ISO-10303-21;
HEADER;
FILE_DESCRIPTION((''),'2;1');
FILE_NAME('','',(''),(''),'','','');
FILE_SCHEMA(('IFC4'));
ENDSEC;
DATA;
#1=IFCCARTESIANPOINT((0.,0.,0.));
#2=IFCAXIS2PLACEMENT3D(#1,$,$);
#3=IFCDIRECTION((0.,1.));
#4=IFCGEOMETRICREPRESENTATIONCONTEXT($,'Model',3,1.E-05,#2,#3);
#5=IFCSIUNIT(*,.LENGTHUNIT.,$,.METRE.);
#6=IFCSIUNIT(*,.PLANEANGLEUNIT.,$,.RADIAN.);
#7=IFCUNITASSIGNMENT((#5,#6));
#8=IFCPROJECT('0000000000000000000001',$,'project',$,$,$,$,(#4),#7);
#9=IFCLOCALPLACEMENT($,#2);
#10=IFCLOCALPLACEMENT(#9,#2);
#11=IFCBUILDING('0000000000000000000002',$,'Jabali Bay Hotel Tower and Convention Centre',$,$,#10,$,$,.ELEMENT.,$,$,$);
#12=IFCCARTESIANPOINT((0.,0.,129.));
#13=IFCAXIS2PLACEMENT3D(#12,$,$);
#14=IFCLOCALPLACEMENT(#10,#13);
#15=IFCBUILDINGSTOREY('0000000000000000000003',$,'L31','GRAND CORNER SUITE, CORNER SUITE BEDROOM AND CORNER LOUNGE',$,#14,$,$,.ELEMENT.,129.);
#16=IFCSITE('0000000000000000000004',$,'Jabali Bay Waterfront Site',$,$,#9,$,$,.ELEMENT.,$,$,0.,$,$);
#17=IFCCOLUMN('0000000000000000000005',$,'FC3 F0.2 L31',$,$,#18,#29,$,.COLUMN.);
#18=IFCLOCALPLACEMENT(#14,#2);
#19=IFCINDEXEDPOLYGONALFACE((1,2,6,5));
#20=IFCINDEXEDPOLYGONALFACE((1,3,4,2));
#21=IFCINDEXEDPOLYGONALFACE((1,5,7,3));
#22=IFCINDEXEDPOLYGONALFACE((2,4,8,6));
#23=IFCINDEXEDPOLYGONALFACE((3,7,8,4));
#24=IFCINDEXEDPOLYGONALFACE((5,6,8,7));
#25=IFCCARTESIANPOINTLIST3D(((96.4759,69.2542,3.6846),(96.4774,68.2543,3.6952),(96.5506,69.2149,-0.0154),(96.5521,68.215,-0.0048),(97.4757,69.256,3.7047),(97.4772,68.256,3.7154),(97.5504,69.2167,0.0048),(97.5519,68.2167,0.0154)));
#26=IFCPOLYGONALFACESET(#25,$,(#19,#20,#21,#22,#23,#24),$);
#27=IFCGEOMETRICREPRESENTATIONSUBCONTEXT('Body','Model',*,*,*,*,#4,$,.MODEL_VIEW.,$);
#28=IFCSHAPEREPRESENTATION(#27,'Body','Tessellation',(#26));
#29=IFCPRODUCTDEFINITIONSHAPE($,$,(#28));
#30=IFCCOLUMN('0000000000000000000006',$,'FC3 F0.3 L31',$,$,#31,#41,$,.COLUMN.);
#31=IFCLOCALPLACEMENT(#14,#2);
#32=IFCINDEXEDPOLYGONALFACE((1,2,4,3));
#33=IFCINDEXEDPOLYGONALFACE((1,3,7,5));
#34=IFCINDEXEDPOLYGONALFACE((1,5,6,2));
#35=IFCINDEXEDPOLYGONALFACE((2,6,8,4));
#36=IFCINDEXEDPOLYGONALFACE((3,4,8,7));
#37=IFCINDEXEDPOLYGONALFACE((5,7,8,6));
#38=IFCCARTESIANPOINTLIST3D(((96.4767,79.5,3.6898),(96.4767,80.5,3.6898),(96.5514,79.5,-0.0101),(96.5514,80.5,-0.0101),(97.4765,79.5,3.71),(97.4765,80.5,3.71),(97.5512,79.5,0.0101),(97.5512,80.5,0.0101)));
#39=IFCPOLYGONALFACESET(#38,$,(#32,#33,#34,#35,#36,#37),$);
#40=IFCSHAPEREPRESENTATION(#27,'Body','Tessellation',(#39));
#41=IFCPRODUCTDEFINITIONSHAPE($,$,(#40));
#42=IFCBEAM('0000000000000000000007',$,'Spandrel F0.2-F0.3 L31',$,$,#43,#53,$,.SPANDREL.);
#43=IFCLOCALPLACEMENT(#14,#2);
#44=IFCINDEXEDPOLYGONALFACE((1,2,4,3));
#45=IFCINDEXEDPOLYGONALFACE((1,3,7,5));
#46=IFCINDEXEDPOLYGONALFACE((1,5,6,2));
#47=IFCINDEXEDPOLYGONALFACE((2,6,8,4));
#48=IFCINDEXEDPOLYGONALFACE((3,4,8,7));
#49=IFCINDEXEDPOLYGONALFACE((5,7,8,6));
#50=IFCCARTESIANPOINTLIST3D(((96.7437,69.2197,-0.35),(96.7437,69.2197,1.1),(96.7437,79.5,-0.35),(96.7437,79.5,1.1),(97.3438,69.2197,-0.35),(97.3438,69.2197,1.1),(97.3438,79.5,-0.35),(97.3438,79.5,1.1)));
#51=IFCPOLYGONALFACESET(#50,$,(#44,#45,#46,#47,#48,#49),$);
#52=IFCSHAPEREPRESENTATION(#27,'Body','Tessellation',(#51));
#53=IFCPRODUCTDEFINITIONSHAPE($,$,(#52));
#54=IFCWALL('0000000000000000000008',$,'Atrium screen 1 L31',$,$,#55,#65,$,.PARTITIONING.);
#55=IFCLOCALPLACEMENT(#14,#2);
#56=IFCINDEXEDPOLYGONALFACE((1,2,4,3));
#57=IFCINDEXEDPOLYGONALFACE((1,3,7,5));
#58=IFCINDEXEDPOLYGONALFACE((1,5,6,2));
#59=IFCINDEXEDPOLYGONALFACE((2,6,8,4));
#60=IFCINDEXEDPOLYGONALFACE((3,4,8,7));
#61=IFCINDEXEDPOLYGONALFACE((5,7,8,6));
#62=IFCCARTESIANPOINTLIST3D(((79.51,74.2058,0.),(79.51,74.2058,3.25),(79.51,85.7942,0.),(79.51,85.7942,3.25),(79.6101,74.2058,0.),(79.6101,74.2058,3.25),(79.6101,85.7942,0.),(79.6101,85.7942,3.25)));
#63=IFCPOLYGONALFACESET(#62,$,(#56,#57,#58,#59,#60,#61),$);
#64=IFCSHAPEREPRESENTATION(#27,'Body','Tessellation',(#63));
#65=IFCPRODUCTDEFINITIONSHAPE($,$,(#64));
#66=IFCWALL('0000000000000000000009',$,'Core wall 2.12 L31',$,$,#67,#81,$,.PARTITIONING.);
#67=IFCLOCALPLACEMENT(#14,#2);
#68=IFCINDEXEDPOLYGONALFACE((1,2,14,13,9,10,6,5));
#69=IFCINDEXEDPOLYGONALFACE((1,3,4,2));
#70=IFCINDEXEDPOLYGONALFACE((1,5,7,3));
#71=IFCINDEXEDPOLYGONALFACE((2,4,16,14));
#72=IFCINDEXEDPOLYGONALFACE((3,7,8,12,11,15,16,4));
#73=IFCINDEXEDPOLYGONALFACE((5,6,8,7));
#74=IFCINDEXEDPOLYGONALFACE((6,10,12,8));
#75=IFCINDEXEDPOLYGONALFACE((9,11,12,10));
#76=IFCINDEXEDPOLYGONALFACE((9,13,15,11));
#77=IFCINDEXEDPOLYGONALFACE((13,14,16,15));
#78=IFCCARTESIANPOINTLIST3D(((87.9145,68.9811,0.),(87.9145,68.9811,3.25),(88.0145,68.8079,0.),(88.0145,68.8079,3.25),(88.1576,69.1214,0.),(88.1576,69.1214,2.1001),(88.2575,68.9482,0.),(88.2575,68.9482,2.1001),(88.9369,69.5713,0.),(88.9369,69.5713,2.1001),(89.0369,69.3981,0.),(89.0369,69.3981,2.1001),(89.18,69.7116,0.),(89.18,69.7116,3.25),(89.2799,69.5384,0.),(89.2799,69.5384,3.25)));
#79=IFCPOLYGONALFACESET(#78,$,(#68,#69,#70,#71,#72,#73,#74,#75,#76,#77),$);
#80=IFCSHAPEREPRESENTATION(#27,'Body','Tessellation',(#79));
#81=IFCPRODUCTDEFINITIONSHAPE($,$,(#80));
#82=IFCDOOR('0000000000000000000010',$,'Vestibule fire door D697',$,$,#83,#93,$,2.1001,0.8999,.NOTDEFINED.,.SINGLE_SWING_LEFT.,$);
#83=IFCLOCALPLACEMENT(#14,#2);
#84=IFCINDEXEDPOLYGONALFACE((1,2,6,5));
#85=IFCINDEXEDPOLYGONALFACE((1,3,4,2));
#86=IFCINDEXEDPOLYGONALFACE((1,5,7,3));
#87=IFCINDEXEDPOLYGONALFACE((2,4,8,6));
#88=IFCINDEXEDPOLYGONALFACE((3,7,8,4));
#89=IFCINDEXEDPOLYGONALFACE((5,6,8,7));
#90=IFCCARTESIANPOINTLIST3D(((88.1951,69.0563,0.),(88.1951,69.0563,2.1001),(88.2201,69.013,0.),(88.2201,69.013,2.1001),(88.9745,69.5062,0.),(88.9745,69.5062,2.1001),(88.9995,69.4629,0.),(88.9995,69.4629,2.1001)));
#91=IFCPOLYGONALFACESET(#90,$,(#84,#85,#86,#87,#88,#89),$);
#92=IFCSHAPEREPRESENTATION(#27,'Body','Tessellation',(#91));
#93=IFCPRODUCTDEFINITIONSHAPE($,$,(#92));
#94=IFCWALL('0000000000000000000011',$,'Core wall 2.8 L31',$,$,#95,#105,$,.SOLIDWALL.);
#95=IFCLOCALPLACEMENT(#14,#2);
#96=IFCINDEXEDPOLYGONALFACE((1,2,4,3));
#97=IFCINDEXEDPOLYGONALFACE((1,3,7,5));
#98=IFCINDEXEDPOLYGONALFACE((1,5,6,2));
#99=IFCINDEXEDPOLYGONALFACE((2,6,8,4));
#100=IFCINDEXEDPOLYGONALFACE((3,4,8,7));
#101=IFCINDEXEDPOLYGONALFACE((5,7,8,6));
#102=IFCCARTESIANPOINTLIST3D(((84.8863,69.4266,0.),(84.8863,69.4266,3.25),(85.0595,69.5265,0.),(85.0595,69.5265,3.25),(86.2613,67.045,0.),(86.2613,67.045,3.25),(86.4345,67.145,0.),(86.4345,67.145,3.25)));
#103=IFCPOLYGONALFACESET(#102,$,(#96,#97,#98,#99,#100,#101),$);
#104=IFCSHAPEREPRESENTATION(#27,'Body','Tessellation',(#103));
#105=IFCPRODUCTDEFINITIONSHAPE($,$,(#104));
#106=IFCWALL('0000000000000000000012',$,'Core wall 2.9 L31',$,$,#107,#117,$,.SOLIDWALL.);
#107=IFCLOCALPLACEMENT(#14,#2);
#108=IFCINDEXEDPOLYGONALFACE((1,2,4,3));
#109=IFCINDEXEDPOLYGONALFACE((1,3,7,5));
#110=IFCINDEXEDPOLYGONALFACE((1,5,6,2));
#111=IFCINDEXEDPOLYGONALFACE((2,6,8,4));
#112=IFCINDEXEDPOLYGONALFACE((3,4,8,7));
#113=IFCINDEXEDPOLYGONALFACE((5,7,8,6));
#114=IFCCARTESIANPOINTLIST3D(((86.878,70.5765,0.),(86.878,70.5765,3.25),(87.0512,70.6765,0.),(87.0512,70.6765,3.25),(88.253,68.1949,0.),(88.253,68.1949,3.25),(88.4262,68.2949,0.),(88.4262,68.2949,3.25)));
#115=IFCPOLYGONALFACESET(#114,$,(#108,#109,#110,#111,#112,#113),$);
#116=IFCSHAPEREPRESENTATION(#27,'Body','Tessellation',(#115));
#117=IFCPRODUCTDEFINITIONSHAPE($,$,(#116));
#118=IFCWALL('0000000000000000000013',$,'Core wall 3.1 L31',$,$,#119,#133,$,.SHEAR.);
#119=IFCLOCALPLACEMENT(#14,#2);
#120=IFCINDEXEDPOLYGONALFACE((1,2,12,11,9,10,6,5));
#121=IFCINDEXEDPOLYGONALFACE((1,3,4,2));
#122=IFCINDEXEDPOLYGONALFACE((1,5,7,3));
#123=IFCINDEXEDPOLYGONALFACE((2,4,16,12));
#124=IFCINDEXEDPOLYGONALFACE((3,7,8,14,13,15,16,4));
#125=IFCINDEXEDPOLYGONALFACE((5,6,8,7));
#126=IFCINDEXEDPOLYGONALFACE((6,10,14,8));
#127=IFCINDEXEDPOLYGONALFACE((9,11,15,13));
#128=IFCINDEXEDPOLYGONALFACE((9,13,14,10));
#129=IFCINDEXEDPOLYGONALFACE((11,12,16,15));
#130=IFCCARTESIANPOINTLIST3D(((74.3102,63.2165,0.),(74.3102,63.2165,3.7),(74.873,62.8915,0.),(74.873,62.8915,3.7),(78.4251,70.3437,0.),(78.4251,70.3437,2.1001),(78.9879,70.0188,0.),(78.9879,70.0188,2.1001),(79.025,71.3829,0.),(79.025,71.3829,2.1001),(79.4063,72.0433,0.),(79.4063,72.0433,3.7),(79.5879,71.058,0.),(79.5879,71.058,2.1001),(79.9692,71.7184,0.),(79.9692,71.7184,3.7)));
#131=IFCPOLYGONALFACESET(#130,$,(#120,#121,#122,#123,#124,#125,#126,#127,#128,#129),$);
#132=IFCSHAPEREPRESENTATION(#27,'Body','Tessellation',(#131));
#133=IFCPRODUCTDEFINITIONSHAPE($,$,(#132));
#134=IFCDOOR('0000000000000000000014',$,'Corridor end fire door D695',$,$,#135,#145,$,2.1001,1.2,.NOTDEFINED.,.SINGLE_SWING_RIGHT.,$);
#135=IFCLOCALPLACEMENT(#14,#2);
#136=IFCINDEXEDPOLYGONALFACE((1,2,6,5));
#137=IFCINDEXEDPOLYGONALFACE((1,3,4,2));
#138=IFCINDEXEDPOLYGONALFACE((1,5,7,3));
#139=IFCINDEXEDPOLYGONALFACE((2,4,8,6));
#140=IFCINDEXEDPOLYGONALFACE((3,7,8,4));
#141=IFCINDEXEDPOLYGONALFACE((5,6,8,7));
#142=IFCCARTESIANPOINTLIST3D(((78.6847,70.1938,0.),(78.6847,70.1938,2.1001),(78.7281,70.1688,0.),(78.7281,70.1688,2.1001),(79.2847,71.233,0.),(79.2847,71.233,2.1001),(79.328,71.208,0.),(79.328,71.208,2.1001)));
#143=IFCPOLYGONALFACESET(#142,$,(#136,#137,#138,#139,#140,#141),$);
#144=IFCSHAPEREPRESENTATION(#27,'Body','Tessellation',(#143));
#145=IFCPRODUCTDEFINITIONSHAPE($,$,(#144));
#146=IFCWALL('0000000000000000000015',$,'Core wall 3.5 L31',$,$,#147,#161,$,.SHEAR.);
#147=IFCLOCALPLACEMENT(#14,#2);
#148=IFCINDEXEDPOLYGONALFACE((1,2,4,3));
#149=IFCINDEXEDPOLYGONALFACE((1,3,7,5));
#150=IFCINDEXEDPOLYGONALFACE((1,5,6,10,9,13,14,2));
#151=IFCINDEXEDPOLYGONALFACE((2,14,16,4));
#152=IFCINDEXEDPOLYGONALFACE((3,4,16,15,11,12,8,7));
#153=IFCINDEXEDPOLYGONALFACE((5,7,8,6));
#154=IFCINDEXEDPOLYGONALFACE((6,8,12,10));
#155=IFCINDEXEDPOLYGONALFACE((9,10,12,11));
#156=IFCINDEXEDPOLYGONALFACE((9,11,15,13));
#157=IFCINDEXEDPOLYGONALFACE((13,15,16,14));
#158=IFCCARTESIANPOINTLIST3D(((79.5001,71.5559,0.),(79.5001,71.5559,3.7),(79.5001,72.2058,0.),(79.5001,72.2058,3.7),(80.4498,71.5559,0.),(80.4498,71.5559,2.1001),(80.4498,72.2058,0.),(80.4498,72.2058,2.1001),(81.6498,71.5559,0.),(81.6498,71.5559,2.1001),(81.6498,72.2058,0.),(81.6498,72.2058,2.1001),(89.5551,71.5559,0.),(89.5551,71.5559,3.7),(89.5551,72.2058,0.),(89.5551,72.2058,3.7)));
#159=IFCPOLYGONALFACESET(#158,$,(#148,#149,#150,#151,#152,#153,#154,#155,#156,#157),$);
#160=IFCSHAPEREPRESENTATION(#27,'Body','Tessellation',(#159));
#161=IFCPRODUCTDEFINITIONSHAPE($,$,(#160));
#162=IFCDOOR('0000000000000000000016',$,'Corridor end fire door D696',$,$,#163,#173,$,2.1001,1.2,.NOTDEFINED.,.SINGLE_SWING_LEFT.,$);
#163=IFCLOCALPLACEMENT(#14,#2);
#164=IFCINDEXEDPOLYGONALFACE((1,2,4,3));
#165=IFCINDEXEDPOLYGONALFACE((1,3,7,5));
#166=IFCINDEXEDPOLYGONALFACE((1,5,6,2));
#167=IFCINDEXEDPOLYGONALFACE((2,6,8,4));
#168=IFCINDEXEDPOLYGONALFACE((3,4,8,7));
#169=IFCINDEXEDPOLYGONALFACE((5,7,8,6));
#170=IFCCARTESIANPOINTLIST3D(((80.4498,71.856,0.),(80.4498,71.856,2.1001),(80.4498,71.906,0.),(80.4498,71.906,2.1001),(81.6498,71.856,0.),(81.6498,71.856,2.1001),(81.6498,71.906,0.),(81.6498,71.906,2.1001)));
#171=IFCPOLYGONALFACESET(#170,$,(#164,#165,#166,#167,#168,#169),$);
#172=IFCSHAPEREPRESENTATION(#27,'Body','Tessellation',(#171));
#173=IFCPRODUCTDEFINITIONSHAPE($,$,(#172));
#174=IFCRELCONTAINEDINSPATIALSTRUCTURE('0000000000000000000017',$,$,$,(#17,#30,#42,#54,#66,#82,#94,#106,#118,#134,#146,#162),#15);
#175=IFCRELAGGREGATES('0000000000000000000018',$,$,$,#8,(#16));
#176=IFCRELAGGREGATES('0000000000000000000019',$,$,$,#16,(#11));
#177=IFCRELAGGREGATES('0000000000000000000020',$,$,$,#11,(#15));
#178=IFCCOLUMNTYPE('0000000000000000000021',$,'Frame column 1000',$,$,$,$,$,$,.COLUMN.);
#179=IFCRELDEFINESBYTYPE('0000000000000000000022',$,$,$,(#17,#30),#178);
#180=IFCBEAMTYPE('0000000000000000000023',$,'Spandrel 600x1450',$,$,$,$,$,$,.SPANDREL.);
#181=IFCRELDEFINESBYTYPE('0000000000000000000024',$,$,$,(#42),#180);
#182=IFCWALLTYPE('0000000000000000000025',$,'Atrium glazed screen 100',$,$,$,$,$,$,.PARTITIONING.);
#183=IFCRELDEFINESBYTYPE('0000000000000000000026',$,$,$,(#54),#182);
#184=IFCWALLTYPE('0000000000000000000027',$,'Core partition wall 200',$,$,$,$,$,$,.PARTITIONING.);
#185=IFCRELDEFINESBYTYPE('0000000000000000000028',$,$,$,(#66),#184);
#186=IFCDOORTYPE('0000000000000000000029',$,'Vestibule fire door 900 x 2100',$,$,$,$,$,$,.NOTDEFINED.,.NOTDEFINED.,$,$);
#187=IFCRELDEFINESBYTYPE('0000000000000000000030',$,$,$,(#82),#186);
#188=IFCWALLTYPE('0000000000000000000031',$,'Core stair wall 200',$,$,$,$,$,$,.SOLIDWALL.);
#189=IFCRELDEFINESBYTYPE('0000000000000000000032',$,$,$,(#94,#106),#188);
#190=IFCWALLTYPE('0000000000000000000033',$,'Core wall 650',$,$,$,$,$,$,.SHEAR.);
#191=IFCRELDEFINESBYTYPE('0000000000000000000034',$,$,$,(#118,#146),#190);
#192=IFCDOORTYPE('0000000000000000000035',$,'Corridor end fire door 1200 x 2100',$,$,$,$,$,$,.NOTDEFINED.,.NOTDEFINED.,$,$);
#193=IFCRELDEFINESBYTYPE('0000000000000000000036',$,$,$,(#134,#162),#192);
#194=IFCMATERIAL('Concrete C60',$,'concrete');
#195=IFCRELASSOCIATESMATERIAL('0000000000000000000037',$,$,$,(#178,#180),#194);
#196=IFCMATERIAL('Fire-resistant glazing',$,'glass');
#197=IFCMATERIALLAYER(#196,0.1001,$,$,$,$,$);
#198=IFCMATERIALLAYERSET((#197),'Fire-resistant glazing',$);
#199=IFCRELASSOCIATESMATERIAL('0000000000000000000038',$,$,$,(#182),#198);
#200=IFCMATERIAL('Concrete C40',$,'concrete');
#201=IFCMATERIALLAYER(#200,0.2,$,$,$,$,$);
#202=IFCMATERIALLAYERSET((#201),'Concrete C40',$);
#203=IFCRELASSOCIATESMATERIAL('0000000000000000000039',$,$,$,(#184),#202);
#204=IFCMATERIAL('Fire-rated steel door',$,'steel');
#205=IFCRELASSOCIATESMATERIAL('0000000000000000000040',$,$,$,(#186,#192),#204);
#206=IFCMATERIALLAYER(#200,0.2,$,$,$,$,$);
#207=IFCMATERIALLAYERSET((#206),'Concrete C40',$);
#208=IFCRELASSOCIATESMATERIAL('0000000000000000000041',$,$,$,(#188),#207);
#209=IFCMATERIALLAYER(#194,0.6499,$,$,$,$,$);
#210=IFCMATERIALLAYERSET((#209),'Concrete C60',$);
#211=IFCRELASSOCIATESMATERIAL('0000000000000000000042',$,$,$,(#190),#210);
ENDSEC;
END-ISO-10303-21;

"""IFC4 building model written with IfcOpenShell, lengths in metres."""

from ifc_helpers import new_model, si_unit, direction, frame, frame_2d, origin, origin_2d, place, context, subcontext, project, spatial, rectangle, extrude, material, layer, layer_set, material_profile, profile_set, type_object, element, fill, save


model = new_model("IFC4")

# Units and contexts
model_context = context("Model", 3, precision=1e-05, world=origin(), true_north=direction((0.0, 1.0)))
body_context = subcontext(model_context, "Body", "Model", "MODEL_VIEW")
ifc_project = project(units=[si_unit("LENGTHUNIT", "METRE"), si_unit("PLANEANGLEUNIT", "RADIAN")], contexts=[model_context])

# Site, building, storey
site_placement = place(None, origin())
site = spatial("IfcSite", under=ifc_project, at=site_placement, Name="Jabali Bay Waterfront Site", CompositionType="ELEMENT", RefElevation=0.0)
building_placement = place(site_placement, origin())
building = spatial("IfcBuilding", under=site, at=building_placement, Name="Jabali Bay Hotel Tower and Convention Centre", CompositionType="ELEMENT")
storey_placement = place(building_placement, frame((0.0, 0.0, 129.0)))
storey = spatial("IfcBuildingStorey", under=building, at=storey_placement, Name="L31", Description="GRAND CORNER SUITE, CORNER SUITE BEDROOM AND CORNER LOUNGE", CompositionType="ELEMENT", Elevation=129.0)

# Columns
ifc_material_1 = material(Name="Concrete C60", Category="concrete")
ifc_material_profile_1 = material_profile(ifc_material_1, rectangle(XDim=1.0, YDim=1.0, at=origin_2d()), Name="Frame column 1000")
ifc_profile_set_1 = profile_set([ifc_material_profile_1], Name="Concrete C60")
column_type = type_object("IfcColumnType", Name="Frame column 1000", PredefinedType="COLUMN", material=ifc_profile_set_1)
column_1_placement = place(storey_placement, frame((97.0513, 68.7158, 0.0), z_axis=(-0.020186, 0.010621, 0.99974), x_axis=(0.001543, -0.999942, 0.010654)))
element("IfcColumn", 1, at=column_1_placement, inside=storey, type_object=column_type, Name="FC3 F0.2 L31", PredefinedType="COLUMN", context=body_context, shape_type="SweptSolid", body=[
    extrude(rectangle(XDim=1.0, YDim=1.0, at=origin_2d()), origin(), (0.0, 0.0, 1.0), 3.7009),
])
column_2_placement = place(storey_placement, frame((97.0513, 80.0, 0.0), z_axis=(-0.020187, 0.0, 0.999796), x_axis=(0.0, -1.0, 0.0)))
element("IfcColumn", 2, at=column_2_placement, inside=storey, type_object=column_type, Name="FC3 F0.3 L31", PredefinedType="COLUMN", context=body_context, shape_type="SweptSolid", body=[
    extrude(rectangle(XDim=1.0, YDim=1.0, at=origin_2d()), origin(), (0.0, 0.0, 1.0), 3.7007),
])

# Beam
ifc_material_profile_2 = material_profile(ifc_material_1, rectangle(XDim=0.6001, YDim=1.45, at=origin_2d()), Name="Spandrel 600x1450")
ifc_profile_set_2 = profile_set([ifc_material_profile_2], Name="Concrete C60")
beam_type = type_object("IfcBeamType", Name="Spandrel 600x1450", PredefinedType="SPANDREL", material=ifc_profile_set_2)
beam_placement = place(storey_placement, frame((97.0437, 69.2197, 0.375), z_axis=(0.0, 1.0, 0.0), x_axis=(-1.0, 0.0, 0.0)))
element("IfcBeam", 3, at=beam_placement, inside=storey, type_object=beam_type, Name="Spandrel F0.2-F0.3 L31", PredefinedType="SPANDREL", context=body_context, shape_type="SweptSolid", body=[
    extrude(rectangle(XDim=0.6001, YDim=1.45, at=origin_2d()), origin(), (0.0, 0.0, 1.0), 10.2803),
])

# Wall
ifc_material_2 = material(Name="Fire-resistant glazing", Category="glass")
ifc_layer_1 = layer(ifc_material_2, 0.1001)
ifc_layer_set_1 = layer_set([ifc_layer_1], Name="Fire-resistant glazing")
wall_type_1 = type_object("IfcWallType", Name="Atrium glazed screen 100", PredefinedType="PARTITIONING", material=ifc_layer_set_1)
wall_1_placement = place(storey_placement, frame((79.5601, 74.2058, 0.0), z_axis=(0.0, 0.0, 1.0), x_axis=(0.0, 1.0, 0.0)))
element("IfcWall", 4, at=wall_1_placement, inside=storey, type_object=wall_type_1, Name="Atrium screen 1 L31", PredefinedType="PARTITIONING", context=body_context, shape_type="SweptSolid", body=[
    extrude(rectangle(XDim=11.5884, YDim=0.1001, at=frame_2d((5.7942, 0.0))), origin(), (0.0, 0.0, 1.0), 3.25),
])

# Wall, opening, door
ifc_material_3 = material(Name="Concrete C40", Category="concrete")
ifc_layer_2 = layer(ifc_material_3, 0.2)
ifc_layer_set_2 = layer_set([ifc_layer_2], Name="Concrete C40")
wall_type_2 = type_object("IfcWallType", Name="Core partition wall 200", PredefinedType="PARTITIONING", material=ifc_layer_set_2)
wall_2_placement = place(storey_placement, frame((87.9646, 68.8945, 0.0), z_axis=(0.0, 0.0, 1.0), x_axis=(0.866055, 0.499949, 0.0)))
wall_2 = element("IfcWall", 5, at=wall_2_placement, inside=storey, type_object=wall_type_2, Name="Core wall 2.12 L31", PredefinedType="PARTITIONING", context=body_context, shape_type="SweptSolid", body=[
    extrude(rectangle(XDim=1.4612, YDim=0.2, at=frame_2d((0.7305, 0.0))), origin(), (0.0, 0.0, 1.0), 3.25),
])
opening_1_placement = place(wall_2_placement, frame((0.2805, 0.0, 0.0)))
opening_1 = element("IfcOpeningElement", 6, at=opening_1_placement, cuts=wall_2, PredefinedType="OPENING", context=body_context, shape_type="SweptSolid", body=[
    extrude(rectangle(XDim=0.8999, YDim=2.1001, at=frame_2d((0.45, 1.05))), frame((0.0, 0.1104, 0.0), z_axis=(0.0, -1.0, 0.0), x_axis=(1.0, 0.0, 0.0)), (0.0, 0.0, 1.0), 0.2209),
])
ifc_material_4 = material(Name="Fire-rated steel door", Category="steel")
door_type_1 = type_object("IfcDoorType", Name="Vestibule fire door 900 x 2100", OperationType="NOTDEFINED", PredefinedType="NOTDEFINED", material=ifc_material_4)
door_1_placement = place(opening_1_placement, origin())
door_1 = element("IfcDoor", 7, at=door_1_placement, inside=storey, type_object=door_type_1, Name="Vestibule fire door D697", OperationType="SINGLE_SWING_LEFT", OverallHeight=2.1001, OverallWidth=0.8999, PredefinedType="NOTDEFINED", context=body_context, shape_type="SweptSolid", body=[
    extrude(rectangle(XDim=0.8999, YDim=2.1001, at=frame_2d((0.45, 1.05))), frame((0.0, 0.0249, 0.0), z_axis=(0.0, -1.0, 0.0), x_axis=(1.0, 0.0, 0.0)), (0.0, 0.0, 1.0), 0.05),
])
fill(opening_1, door_1)

# Walls
ifc_layer_3 = layer(ifc_material_3, 0.2)
ifc_layer_set_3 = layer_set([ifc_layer_3], Name="Concrete C40")
wall_type_3 = type_object("IfcWallType", Name="Core stair wall 200", PredefinedType="SOLIDWALL", material=ifc_layer_set_3)
for number, where, z_axis, x_axis, name in (
    (8, (84.9729, 69.4766, 0.0), (0.0, 0.0, 1.0), (0.499997, -0.866027, 0.0), "Core wall 2.8 L31"),
    (9, (86.9646, 70.6265, 0.0), (0.0, 0.0, 1.0), (0.499997, -0.866027, 0.0), "Core wall 2.9 L31"),
):
    element("IfcWall", number, at=place(storey_placement, frame(where, z_axis=z_axis, x_axis=x_axis)), inside=storey, type_object=wall_type_3, Name=name, PredefinedType="SOLIDWALL", context=body_context, shape_type="SweptSolid", body=[
        extrude(rectangle(XDim=2.75, YDim=0.2, at=frame_2d((1.375, 0.0))), origin(), (0.0, 0.0, 1.0), 3.25),
    ])

# Walls, openings, doors
ifc_layer_4 = layer(ifc_material_1, 0.6499)
ifc_layer_set_4 = layer_set([ifc_layer_4], Name="Concrete C60")
wall_type_4 = type_object("IfcWallType", Name="Core wall 650", PredefinedType="SHEAR", material=ifc_layer_set_4)
wall_3_placement = place(storey_placement, frame((79.6877, 71.8809, 0.0), z_axis=(0.0, 0.0, 1.0), x_axis=(-0.499998, -0.866026, 0.0)))
wall_3 = element("IfcWall", 10, at=wall_3_placement, inside=storey, type_object=wall_type_4, Name="Core wall 3.1 L31", PredefinedType="SHEAR", context=body_context, shape_type="SweptSolid", body=[
    extrude(rectangle(XDim=10.1924, YDim=0.6499, at=frame_2d((5.0962, 0.0))), origin(), (0.0, 0.0, 1.0), 3.7),
])
opening_2_placement = place(wall_3_placement, frame((0.7625, 0.0, 0.0)))
opening_2 = element("IfcOpeningElement", 11, at=opening_2_placement, cuts=wall_3, PredefinedType="OPENING", context=body_context, shape_type="SweptSolid", body=[
    extrude(rectangle(XDim=1.2, YDim=2.1001, at=frame_2d((0.6001, 1.05))), frame((0.0, 0.3354, 0.0), z_axis=(0.0, -1.0, 0.0), x_axis=(1.0, 0.0, 0.0)), (0.0, 0.0, 1.0), 0.6709),
])
door_type_2 = type_object("IfcDoorType", Name="Corridor end fire door 1200 x 2100", OperationType="NOTDEFINED", PredefinedType="NOTDEFINED", material=ifc_material_4)
door_2_placement = place(opening_2_placement, origin())
door_2 = element("IfcDoor", 12, at=door_2_placement, inside=storey, type_object=door_type_2, Name="Corridor end fire door D695", OperationType="SINGLE_SWING_RIGHT", OverallHeight=2.1001, OverallWidth=1.2, PredefinedType="NOTDEFINED", context=body_context, shape_type="SweptSolid", body=[
    extrude(rectangle(XDim=1.2, YDim=2.1001, at=frame_2d((0.6001, 1.05))), frame((0.0, 0.0249, 0.0), z_axis=(0.0, -1.0, 0.0), x_axis=(1.0, 0.0, 0.0)), (0.0, 0.0, 1.0), 0.05),
])
fill(opening_2, door_2)
wall_4_placement = place(storey_placement, frame((89.5549, 71.8809, 0.0), z_axis=(0.0, 0.0, 1.0), x_axis=(-1.0, 0.0, 0.0)))
wall_4 = element("IfcWall", 13, at=wall_4_placement, inside=storey, type_object=wall_type_4, Name="Core wall 3.5 L31", PredefinedType="SHEAR", context=body_context, shape_type="SweptSolid", body=[
    extrude(rectangle(XDim=10.0549, YDim=0.6499, at=frame_2d((5.0273, 0.0))), origin(), (0.0, 0.0, 1.0), 3.7),
])
opening_3_placement = place(wall_4_placement, frame((7.905, 0.0, 0.0)))
opening_3 = element("IfcOpeningElement", 14, at=opening_3_placement, cuts=wall_4, PredefinedType="OPENING", context=body_context, shape_type="SweptSolid", body=[
    extrude(rectangle(XDim=1.2, YDim=2.1001, at=frame_2d((0.6001, 1.05))), frame((0.0, 0.3354, 0.0), z_axis=(0.0, -1.0, 0.0), x_axis=(1.0, 0.0, 0.0)), (0.0, 0.0, 1.0), 0.6709),
])
door_3_placement = place(opening_3_placement, origin())
door_3 = element("IfcDoor", 15, at=door_3_placement, inside=storey, type_object=door_type_2, Name="Corridor end fire door D696", OperationType="SINGLE_SWING_LEFT", OverallHeight=2.1001, OverallWidth=1.2, PredefinedType="NOTDEFINED", context=body_context, shape_type="SweptSolid", body=[
    extrude(rectangle(XDim=1.2, YDim=2.1001, at=frame_2d((0.6001, 1.05))), frame((0.0, 0.0249, 0.0), z_axis=(0.0, -1.0, 0.0), x_axis=(1.0, 0.0, 0.0)), (0.0, 0.0, 1.0), 0.05),
])
fill(opening_3, door_3)

save(model, "model.ifc")
